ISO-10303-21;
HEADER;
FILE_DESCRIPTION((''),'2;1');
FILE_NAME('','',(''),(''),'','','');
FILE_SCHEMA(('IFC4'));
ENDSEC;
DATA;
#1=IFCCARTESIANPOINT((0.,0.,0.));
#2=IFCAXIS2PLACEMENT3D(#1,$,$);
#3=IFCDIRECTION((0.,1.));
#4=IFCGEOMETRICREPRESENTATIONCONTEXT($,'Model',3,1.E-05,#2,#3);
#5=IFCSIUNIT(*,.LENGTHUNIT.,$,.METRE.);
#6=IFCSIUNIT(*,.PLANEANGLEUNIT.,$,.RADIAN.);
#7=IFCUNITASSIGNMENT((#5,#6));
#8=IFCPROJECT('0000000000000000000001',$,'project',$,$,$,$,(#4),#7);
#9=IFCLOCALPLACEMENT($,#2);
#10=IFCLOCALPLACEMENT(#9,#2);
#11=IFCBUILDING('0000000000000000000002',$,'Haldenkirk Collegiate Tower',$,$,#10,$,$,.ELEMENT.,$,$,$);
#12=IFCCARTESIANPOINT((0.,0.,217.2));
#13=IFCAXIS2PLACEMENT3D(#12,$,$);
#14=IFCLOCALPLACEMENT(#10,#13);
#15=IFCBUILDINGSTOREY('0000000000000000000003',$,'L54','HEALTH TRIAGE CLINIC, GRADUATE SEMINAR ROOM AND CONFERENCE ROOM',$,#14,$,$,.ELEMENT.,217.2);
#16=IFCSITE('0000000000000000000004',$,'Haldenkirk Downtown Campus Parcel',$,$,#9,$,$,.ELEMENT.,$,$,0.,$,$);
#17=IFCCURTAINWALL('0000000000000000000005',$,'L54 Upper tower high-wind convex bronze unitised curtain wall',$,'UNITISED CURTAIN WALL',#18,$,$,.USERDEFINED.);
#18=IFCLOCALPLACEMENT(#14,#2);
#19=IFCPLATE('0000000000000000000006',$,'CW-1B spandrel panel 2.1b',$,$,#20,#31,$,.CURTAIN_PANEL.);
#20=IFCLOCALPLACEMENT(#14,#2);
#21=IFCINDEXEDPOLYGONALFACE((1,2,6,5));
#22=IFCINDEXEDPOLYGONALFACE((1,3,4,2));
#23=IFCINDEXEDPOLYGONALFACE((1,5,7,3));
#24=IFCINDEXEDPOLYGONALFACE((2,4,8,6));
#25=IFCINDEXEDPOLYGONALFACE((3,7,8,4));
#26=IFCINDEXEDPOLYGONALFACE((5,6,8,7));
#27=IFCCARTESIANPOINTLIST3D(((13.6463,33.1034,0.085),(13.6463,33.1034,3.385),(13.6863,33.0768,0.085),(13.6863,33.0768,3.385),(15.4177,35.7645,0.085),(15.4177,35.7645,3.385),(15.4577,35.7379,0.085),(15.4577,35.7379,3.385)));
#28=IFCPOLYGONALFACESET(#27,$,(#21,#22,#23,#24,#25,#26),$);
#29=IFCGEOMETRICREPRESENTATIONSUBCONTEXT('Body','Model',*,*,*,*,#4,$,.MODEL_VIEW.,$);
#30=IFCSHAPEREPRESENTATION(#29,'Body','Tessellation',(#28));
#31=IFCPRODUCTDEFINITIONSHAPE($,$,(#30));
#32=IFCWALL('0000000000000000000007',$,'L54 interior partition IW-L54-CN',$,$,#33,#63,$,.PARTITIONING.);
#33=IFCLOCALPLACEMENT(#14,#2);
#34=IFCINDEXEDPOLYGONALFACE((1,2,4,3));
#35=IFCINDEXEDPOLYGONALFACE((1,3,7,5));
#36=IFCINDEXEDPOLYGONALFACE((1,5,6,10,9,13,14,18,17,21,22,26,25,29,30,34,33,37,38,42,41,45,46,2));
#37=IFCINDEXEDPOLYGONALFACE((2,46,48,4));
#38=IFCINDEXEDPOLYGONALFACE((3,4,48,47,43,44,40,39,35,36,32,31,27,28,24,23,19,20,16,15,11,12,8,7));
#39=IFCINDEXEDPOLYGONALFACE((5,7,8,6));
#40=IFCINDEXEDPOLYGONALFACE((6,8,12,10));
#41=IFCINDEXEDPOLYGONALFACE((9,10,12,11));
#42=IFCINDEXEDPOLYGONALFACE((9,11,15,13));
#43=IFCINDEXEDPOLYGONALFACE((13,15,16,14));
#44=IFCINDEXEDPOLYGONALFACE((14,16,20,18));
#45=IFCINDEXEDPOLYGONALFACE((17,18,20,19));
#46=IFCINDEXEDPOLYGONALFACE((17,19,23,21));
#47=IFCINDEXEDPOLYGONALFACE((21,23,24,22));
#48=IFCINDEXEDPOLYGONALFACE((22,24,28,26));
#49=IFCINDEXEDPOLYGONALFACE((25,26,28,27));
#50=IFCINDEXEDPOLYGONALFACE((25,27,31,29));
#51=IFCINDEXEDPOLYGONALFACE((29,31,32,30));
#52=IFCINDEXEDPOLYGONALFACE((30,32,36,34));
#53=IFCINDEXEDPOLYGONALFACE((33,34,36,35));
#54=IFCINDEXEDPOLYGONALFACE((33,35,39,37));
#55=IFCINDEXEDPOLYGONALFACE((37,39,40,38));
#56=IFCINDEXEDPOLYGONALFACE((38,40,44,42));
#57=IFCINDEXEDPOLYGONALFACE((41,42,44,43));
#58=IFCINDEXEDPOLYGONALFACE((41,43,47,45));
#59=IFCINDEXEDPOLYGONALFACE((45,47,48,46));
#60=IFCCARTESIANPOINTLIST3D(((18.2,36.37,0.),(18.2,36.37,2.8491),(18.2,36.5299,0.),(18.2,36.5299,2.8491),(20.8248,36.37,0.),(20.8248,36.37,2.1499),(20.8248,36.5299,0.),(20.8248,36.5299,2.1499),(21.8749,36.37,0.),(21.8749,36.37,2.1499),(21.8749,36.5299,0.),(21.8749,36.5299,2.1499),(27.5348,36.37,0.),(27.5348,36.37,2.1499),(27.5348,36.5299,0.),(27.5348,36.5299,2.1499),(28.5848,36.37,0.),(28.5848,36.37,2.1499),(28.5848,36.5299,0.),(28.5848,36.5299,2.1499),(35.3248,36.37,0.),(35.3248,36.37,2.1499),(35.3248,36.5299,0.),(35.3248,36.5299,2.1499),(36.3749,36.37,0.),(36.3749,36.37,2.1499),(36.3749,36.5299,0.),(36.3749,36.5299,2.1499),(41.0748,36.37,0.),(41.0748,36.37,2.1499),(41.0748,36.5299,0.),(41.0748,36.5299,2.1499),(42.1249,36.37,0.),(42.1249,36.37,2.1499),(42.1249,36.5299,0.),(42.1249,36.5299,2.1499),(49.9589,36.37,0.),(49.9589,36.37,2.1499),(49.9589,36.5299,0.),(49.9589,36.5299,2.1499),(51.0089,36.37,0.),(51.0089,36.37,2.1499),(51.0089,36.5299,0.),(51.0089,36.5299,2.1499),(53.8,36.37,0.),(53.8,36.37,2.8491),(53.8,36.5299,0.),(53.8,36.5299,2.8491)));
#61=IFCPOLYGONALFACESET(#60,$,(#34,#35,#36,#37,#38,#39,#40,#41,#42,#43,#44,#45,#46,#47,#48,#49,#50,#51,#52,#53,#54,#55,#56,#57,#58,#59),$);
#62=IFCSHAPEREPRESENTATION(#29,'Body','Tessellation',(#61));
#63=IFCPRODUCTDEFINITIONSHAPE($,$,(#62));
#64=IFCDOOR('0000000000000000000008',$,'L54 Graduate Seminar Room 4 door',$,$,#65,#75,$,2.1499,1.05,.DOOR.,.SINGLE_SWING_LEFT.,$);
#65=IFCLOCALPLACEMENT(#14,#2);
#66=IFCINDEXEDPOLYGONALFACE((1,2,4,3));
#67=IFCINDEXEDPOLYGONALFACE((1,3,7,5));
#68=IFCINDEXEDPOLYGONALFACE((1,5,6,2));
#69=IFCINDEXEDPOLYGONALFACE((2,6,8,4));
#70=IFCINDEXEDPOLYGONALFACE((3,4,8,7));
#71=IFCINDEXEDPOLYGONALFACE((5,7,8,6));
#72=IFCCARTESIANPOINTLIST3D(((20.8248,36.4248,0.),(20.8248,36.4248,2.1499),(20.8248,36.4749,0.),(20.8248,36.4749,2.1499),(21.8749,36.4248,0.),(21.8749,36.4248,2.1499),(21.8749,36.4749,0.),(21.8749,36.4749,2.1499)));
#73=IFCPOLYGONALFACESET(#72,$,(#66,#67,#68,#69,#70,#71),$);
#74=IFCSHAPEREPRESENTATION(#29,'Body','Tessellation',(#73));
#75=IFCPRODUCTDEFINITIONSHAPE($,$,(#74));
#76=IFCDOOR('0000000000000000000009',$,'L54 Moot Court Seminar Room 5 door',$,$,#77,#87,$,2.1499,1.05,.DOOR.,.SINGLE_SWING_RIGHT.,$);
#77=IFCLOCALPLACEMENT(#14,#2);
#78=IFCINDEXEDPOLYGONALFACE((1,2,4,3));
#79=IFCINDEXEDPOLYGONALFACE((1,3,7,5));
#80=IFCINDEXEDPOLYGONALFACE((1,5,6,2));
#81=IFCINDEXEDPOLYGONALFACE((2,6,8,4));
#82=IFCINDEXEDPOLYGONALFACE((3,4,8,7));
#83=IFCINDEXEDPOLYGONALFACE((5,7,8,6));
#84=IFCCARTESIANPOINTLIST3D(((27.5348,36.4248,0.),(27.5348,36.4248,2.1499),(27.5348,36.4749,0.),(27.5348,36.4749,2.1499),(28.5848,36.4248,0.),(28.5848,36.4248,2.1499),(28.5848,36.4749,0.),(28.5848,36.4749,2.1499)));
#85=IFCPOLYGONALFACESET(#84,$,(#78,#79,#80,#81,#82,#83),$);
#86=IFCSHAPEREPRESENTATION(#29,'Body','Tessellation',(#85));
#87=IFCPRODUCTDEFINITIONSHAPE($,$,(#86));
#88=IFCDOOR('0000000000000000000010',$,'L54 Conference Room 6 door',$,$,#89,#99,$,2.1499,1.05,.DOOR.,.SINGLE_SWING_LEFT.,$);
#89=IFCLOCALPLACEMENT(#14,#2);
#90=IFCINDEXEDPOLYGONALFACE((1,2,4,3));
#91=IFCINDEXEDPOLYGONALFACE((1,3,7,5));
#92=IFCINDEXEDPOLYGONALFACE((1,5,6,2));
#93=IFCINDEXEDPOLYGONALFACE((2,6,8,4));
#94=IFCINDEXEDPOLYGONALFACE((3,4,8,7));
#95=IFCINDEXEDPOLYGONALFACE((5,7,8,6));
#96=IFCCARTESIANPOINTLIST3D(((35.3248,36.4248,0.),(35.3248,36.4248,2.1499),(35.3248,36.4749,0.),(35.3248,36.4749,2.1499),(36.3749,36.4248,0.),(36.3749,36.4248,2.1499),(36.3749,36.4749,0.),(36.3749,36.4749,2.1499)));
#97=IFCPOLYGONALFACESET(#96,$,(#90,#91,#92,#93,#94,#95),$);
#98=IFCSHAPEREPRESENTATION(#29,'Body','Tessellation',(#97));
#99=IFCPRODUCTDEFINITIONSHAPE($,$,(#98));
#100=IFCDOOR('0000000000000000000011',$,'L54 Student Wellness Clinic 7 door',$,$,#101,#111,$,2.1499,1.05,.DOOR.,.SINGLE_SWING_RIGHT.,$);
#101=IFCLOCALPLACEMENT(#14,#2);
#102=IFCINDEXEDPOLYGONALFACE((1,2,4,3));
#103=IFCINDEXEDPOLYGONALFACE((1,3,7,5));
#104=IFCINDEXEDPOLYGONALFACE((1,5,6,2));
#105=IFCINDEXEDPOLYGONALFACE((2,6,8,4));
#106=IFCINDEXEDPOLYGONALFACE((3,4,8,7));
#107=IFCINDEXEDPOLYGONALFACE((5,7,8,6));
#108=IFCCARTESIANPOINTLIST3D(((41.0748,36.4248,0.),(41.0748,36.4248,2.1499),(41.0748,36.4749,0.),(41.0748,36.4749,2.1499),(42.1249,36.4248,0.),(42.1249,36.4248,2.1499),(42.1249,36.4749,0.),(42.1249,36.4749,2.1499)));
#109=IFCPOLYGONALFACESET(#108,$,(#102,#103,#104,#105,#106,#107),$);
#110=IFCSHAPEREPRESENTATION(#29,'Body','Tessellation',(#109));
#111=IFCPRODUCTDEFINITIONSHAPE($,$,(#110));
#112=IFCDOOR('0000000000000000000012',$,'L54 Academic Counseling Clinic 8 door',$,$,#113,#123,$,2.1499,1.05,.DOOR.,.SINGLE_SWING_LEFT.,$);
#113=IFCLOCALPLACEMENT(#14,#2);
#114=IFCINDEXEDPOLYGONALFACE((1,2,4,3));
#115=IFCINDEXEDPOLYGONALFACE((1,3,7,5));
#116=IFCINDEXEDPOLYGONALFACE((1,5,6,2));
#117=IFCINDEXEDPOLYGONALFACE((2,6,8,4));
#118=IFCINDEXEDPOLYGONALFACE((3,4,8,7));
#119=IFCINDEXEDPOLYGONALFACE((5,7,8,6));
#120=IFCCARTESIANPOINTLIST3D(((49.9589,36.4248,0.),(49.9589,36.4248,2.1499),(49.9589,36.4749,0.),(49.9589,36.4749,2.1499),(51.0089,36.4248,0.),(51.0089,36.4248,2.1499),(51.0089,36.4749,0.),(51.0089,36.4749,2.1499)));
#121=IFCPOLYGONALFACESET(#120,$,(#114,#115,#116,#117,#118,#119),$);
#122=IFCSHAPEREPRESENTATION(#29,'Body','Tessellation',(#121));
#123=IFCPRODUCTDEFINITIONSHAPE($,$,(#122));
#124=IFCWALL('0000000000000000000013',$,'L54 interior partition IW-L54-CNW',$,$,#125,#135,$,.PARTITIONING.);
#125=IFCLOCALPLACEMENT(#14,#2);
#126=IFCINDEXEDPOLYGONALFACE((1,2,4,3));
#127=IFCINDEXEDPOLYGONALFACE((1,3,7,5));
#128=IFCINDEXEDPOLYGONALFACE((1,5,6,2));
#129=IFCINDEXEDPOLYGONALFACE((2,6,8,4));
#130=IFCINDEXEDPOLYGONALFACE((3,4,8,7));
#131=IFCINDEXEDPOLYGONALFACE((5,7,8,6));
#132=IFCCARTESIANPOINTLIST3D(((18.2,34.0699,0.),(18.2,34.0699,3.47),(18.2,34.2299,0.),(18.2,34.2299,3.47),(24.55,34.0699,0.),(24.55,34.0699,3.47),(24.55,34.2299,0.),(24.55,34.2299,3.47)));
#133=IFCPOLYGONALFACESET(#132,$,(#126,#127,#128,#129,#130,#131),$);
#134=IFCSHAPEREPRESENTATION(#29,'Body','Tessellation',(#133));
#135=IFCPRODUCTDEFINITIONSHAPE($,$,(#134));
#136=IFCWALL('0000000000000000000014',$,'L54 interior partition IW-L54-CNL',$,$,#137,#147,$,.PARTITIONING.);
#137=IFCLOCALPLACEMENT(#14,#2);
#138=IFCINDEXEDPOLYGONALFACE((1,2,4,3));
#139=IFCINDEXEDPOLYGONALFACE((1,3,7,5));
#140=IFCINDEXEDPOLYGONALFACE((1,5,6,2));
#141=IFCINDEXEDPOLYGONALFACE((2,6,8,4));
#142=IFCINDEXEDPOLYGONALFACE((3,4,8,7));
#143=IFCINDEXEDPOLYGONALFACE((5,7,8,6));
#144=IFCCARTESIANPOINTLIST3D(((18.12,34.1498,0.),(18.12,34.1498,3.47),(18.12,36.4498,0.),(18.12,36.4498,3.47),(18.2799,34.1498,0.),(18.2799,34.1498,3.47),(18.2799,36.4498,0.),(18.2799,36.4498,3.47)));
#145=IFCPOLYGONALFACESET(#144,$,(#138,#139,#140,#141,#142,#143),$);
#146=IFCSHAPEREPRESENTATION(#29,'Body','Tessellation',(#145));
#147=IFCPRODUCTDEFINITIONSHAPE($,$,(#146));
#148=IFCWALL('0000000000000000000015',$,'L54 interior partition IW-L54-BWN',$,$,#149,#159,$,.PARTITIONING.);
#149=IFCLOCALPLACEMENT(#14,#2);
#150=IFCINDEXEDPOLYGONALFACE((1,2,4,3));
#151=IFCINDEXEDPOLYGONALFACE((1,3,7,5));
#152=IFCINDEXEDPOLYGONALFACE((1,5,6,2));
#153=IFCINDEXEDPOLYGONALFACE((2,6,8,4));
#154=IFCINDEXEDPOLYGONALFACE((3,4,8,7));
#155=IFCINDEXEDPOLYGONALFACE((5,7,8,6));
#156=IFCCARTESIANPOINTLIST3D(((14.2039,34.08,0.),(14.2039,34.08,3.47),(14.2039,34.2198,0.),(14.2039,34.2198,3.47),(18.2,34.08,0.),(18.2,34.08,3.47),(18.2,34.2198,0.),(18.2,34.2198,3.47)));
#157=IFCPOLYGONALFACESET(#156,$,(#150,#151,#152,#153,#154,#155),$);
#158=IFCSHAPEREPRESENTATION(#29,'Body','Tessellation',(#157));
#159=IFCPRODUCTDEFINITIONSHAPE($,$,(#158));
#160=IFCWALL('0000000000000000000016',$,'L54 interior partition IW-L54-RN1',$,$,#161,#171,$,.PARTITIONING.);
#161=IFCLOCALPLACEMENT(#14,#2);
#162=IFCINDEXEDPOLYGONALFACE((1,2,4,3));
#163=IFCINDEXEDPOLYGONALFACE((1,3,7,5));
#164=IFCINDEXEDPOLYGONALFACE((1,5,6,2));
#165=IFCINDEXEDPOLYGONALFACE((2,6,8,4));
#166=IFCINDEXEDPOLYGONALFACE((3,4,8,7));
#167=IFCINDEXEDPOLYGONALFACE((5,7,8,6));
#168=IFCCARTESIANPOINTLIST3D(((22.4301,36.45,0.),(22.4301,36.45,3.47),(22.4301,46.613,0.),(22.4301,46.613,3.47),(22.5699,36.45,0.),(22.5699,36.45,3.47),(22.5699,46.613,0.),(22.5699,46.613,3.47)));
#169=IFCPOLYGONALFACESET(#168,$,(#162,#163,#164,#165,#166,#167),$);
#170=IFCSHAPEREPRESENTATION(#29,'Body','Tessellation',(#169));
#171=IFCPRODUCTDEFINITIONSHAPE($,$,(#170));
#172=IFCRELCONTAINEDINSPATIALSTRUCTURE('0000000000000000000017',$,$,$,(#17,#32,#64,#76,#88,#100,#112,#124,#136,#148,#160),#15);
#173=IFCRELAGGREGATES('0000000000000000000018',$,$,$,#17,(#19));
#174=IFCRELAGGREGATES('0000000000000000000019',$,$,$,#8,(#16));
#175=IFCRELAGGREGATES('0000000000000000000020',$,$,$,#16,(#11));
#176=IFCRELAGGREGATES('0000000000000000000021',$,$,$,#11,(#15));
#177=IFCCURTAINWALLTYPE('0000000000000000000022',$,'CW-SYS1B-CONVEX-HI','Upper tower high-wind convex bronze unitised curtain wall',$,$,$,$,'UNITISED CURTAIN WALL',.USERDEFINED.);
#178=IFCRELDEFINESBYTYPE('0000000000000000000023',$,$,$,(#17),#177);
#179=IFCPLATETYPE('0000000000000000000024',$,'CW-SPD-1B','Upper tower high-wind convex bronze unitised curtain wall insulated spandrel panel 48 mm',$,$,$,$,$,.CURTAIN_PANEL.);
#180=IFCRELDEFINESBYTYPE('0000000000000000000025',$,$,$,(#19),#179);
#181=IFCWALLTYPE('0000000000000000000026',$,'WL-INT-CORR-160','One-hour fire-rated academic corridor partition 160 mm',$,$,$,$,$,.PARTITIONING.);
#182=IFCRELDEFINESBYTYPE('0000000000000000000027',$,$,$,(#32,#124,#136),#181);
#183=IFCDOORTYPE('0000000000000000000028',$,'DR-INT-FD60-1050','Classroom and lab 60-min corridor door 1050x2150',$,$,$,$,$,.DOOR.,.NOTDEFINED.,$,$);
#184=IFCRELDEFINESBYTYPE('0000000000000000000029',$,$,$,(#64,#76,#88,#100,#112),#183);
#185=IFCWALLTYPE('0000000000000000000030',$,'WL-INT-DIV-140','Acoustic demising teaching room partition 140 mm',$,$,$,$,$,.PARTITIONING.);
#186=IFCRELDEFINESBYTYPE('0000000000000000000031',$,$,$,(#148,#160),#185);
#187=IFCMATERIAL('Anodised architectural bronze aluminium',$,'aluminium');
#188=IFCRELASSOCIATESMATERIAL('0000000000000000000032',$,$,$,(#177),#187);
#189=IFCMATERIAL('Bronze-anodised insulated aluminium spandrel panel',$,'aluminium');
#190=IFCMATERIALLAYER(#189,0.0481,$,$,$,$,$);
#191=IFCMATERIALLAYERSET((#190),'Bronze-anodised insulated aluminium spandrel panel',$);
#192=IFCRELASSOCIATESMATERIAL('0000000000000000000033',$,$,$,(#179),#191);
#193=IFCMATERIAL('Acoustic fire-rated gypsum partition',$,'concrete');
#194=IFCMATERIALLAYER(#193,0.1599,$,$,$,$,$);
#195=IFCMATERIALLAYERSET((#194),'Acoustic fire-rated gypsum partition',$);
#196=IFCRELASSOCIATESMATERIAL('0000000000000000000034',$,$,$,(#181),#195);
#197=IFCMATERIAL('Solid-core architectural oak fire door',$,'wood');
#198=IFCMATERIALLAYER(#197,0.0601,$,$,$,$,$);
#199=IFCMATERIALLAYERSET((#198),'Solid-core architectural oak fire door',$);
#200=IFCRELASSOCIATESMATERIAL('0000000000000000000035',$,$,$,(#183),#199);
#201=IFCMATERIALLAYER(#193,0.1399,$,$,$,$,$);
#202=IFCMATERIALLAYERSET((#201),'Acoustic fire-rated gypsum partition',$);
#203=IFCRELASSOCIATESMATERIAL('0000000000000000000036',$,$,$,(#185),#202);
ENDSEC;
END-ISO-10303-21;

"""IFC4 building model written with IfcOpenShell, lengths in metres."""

from ifc_helpers import new_model, si_unit, direction, frame, frame_2d, origin, origin_2d, place, context, subcontext, project, spatial, rectangle, extrude, source, transform, mapped, material, layer, layer_set, type_object, element, fill, aggregate, save


model = new_model("IFC4")

# Units and contexts
model_context = context("Model", 3, precision=1e-05, world=origin(), true_north=direction((0.0, 1.0)))
body_context = subcontext(model_context, "Body", "Model", "MODEL_VIEW")
ifc_project = project(units=[si_unit("LENGTHUNIT", "METRE"), si_unit("PLANEANGLEUNIT", "RADIAN")], contexts=[model_context])

# Site, building, storey
site_placement = place(None, origin())
site = spatial("IfcSite", under=ifc_project, at=site_placement, Name="Haldenkirk Downtown Campus Parcel", CompositionType="ELEMENT", RefElevation=0.0)
building_placement = place(site_placement, origin())
building = spatial("IfcBuilding", under=site, at=building_placement, Name="Haldenkirk Collegiate Tower", CompositionType="ELEMENT")
storey_placement = place(building_placement, frame((0.0, 0.0, 217.2)))
storey = spatial("IfcBuildingStorey", under=building, at=storey_placement, Name="L54", Description="HEALTH TRIAGE CLINIC, GRADUATE SEMINAR ROOM AND CONFERENCE ROOM", CompositionType="ELEMENT", Elevation=217.2)

# Curtain wall
ifc_material_1 = material(Name="Anodised architectural bronze aluminium", Category="aluminium")
curtain_wall_type = type_object("IfcCurtainWallType", Name="CW-SYS1B-CONVEX-HI", Description="Upper tower high-wind convex bronze unitised curtain wall", ElementType="UNITISED CURTAIN WALL", PredefinedType="USERDEFINED", material=ifc_material_1)
curtain_wall_placement = place(storey_placement, origin())
curtain_wall = element("IfcCurtainWall", 1, at=curtain_wall_placement, inside=storey, type_object=curtain_wall_type, Name="L54 Upper tower high-wind convex bronze unitised curtain wall", ObjectType="UNITISED CURTAIN WALL", PredefinedType="USERDEFINED")

# Plate
ifc_material_2 = material(Name="Bronze-anodised insulated aluminium spandrel panel", Category="aluminium")
ifc_layer_1 = layer(ifc_material_2, 0.0481)
ifc_layer_set_1 = layer_set([ifc_layer_1], Name="Bronze-anodised insulated aluminium spandrel panel")
plate_type_1 = type_object("IfcPlateType", Name="CW-SPD-1B", Description="Upper tower high-wind convex bronze unitised curtain wall insulated spandrel panel 48 mm", PredefinedType="CURTAIN_PANEL", material=ifc_layer_set_1)
shared_shape_1 = source(origin(), body_context, "Body", "SweptSolid", [
    extrude(rectangle(XDim=3.1968, YDim=0.0481, at=origin_2d()), origin(), (0.0, 0.0, 1.0), 3.3),
])
plate_1_placement = place(storey_placement, frame((14.552, 34.4207, 0.085), z_axis=(0.0, 0.0, 1.0), x_axis=(0.55412, 0.832437, 0.0)))
plate_1 = element("IfcPlate", 2, at=plate_1_placement, type_object=plate_type_1, Name="CW-1B spandrel panel 2.1b", PredefinedType="CURTAIN_PANEL", context=body_context, shape_type="MappedRepresentation", body=[
    mapped(shared_shape_1, transform((0.0, 0.0, 0.0), x_axis=(1.0, 0.0, 0.0), y_axis=(0.0, 1.0, 0.0), z_axis=(0.0, 0.0, 1.0), scale=1.0)),
])
aggregate(curtain_wall, [plate_1])

# Wall, openings, doors
ifc_material_3 = material(Name="Acoustic fire-rated gypsum partition", Category="concrete")
ifc_layer_2 = layer(ifc_material_3, 0.1599)
ifc_layer_set_2 = layer_set([ifc_layer_2], Name="Acoustic fire-rated gypsum partition")
wall_type_1 = type_object("IfcWallType", Name="WL-INT-CORR-160", Description="One-hour fire-rated academic corridor partition 160 mm", PredefinedType="PARTITIONING", material=ifc_layer_set_2)
wall_1_placement = place(storey_placement, frame((18.2, 36.45, 0.0), z_axis=(0.0, 0.0, 1.0), x_axis=(1.0, 0.0, 0.0)))
wall_1 = element("IfcWall", 3, at=wall_1_placement, inside=storey, type_object=wall_type_1, Name="L54 interior partition IW-L54-CN", PredefinedType="PARTITIONING", context=body_context, shape_type="SweptSolid", body=[
    extrude(rectangle(XDim=35.6001, YDim=0.1599, at=frame_2d((17.8, 0.0))), origin(), (0.0, 0.0, 1.0), 2.8491),
])
opening_1_placement = place(wall_1_placement, frame((2.625, 0.0, 0.0)))
opening_1 = element("IfcOpeningElement", 4, at=opening_1_placement, cuts=wall_1, PredefinedType="OPENING", context=body_context, shape_type="SweptSolid", body=[
    extrude(rectangle(XDim=1.05, YDim=2.1499, at=frame_2d((0.5249, 1.075))), frame((0.0, 0.0898, 0.0), z_axis=(0.0, -1.0, 0.0), x_axis=(1.0, 0.0, 0.0)), (0.0, 0.0, 1.0), 0.1799),
])
opening_2_placement = place(wall_1_placement, frame((9.335, 0.0, 0.0)))
opening_2 = element("IfcOpeningElement", 5, at=opening_2_placement, cuts=wall_1, PredefinedType="OPENING", context=body_context, shape_type="SweptSolid", body=[
    extrude(rectangle(XDim=1.05, YDim=2.1499, at=frame_2d((0.5249, 1.075))), frame((0.0, 0.0898, 0.0), z_axis=(0.0, -1.0, 0.0), x_axis=(1.0, 0.0, 0.0)), (0.0, 0.0, 1.0), 0.1799),
])
opening_3_placement = place(wall_1_placement, frame((17.125, 0.0, 0.0)))
opening_3 = element("IfcOpeningElement", 6, at=opening_3_placement, cuts=wall_1, PredefinedType="OPENING", context=body_context, shape_type="SweptSolid", body=[
    extrude(rectangle(XDim=1.05, YDim=2.1499, at=frame_2d((0.5249, 1.075))), frame((0.0, 0.0898, 0.0), z_axis=(0.0, -1.0, 0.0), x_axis=(1.0, 0.0, 0.0)), (0.0, 0.0, 1.0), 0.1799),
])
opening_4_placement = place(wall_1_placement, frame((22.875, 0.0, 0.0)))
opening_4 = element("IfcOpeningElement", 7, at=opening_4_placement, cuts=wall_1, PredefinedType="OPENING", context=body_context, shape_type="SweptSolid", body=[
    extrude(rectangle(XDim=1.05, YDim=2.1499, at=frame_2d((0.5249, 1.075))), frame((0.0, 0.0898, 0.0), z_axis=(0.0, -1.0, 0.0), x_axis=(1.0, 0.0, 0.0)), (0.0, 0.0, 1.0), 0.1799),
])
opening_5_placement = place(wall_1_placement, frame((31.759, 0.0, 0.0)))
opening_5 = element("IfcOpeningElement", 8, at=opening_5_placement, cuts=wall_1, PredefinedType="OPENING", context=body_context, shape_type="SweptSolid", body=[
    extrude(rectangle(XDim=1.05, YDim=2.1499, at=frame_2d((0.5249, 1.075))), frame((0.0, 0.0898, 0.0), z_axis=(0.0, -1.0, 0.0), x_axis=(1.0, 0.0, 0.0)), (0.0, 0.0, 1.0), 0.1799),
])
ifc_material_4 = material(Name="Solid-core architectural oak fire door", Category="wood")
ifc_layer_3 = layer(ifc_material_4, 0.0601)
ifc_layer_set_3 = layer_set([ifc_layer_3], Name="Solid-core architectural oak fire door")
door_type_1 = type_object("IfcDoorType", Name="DR-INT-FD60-1050", Description="Classroom and lab 60-min corridor door 1050x2150", OperationType="NOTDEFINED", PredefinedType="DOOR", material=ifc_layer_set_3)
door_1_placement = place(opening_1_placement, origin())
door_1 = element("IfcDoor", 9, at=door_1_placement, inside=storey, type_object=door_type_1, Name="L54 Graduate Seminar Room 4 door", OperationType="SINGLE_SWING_LEFT", OverallHeight=2.1499, OverallWidth=1.05, PredefinedType="DOOR", context=body_context, shape_type="SweptSolid", body=[
    extrude(rectangle(XDim=1.05, YDim=2.1499, at=frame_2d((0.5249, 1.075))), frame((0.0, 0.0249, 0.0), z_axis=(0.0, -1.0, 0.0), x_axis=(1.0, 0.0, 0.0)), (0.0, 0.0, 1.0), 0.05),
])
fill(opening_1, door_1)
door_2_placement = place(opening_2_placement, origin())
door_2 = element("IfcDoor", 10, at=door_2_placement, inside=storey, type_object=door_type_1, Name="L54 Moot Court Seminar Room 5 door", OperationType="SINGLE_SWING_RIGHT", OverallHeight=2.1499, OverallWidth=1.05, PredefinedType="DOOR", context=body_context, shape_type="SweptSolid", body=[
    extrude(rectangle(XDim=1.05, YDim=2.1499, at=frame_2d((0.5249, 1.075))), frame((0.0, 0.0249, 0.0), z_axis=(0.0, -1.0, 0.0), x_axis=(1.0, 0.0, 0.0)), (0.0, 0.0, 1.0), 0.05),
])
fill(opening_2, door_2)
door_3_placement = place(opening_3_placement, origin())
door_3 = element("IfcDoor", 11, at=door_3_placement, inside=storey, type_object=door_type_1, Name="L54 Conference Room 6 door", OperationType="SINGLE_SWING_LEFT", OverallHeight=2.1499, OverallWidth=1.05, PredefinedType="DOOR", context=body_context, shape_type="SweptSolid", body=[
    extrude(rectangle(XDim=1.05, YDim=2.1499, at=frame_2d((0.5249, 1.075))), frame((0.0, 0.0249, 0.0), z_axis=(0.0, -1.0, 0.0), x_axis=(1.0, 0.0, 0.0)), (0.0, 0.0, 1.0), 0.05),
])
fill(opening_3, door_3)
door_4_placement = place(opening_4_placement, origin())
door_4 = element("IfcDoor", 12, at=door_4_placement, inside=storey, type_object=door_type_1, Name="L54 Student Wellness Clinic 7 door", OperationType="SINGLE_SWING_RIGHT", OverallHeight=2.1499, OverallWidth=1.05, PredefinedType="DOOR", context=body_context, shape_type="SweptSolid", body=[
    extrude(rectangle(XDim=1.05, YDim=2.1499, at=frame_2d((0.5249, 1.075))), frame((0.0, 0.0249, 0.0), z_axis=(0.0, -1.0, 0.0), x_axis=(1.0, 0.0, 0.0)), (0.0, 0.0, 1.0), 0.05),
])
fill(opening_4, door_4)
door_5_placement = place(opening_5_placement, origin())
door_5 = element("IfcDoor", 13, at=door_5_placement, inside=storey, type_object=door_type_1, Name="L54 Academic Counseling Clinic 8 door", OperationType="SINGLE_SWING_LEFT", OverallHeight=2.1499, OverallWidth=1.05, PredefinedType="DOOR", context=body_context, shape_type="SweptSolid", body=[
    extrude(rectangle(XDim=1.05, YDim=2.1499, at=frame_2d((0.5249, 1.075))), frame((0.0, 0.0249, 0.0), z_axis=(0.0, -1.0, 0.0), x_axis=(1.0, 0.0, 0.0)), (0.0, 0.0, 1.0), 0.05),
])
fill(opening_5, door_5)

# Walls
wall_2_placement = place(storey_placement, frame((18.2, 34.1499, 0.0), z_axis=(0.0, 0.0, 1.0), x_axis=(1.0, 0.0, 0.0)))
element("IfcWall", 14, at=wall_2_placement, inside=storey, type_object=wall_type_1, Name="L54 interior partition IW-L54-CNW", PredefinedType="PARTITIONING", context=body_context, shape_type="SweptSolid", body=[
    extrude(rectangle(XDim=6.3501, YDim=0.1599, at=frame_2d((3.175, 0.0))), origin(), (0.0, 0.0, 1.0), 3.47),
])
wall_3_placement = place(storey_placement, frame((18.2, 34.1499, 0.0), z_axis=(0.0, 0.0, 1.0), x_axis=(0.0, 1.0, 0.0)))
element("IfcWall", 15, at=wall_3_placement, inside=storey, type_object=wall_type_1, Name="L54 interior partition IW-L54-CNL", PredefinedType="PARTITIONING", context=body_context, shape_type="SweptSolid", body=[
    extrude(rectangle(XDim=2.3, YDim=0.1599, at=frame_2d((1.1499, 0.0))), origin(), (0.0, 0.0, 1.0), 3.47),
])
ifc_layer_4 = layer(ifc_material_3, 0.1399)
ifc_layer_set_4 = layer_set([ifc_layer_4], Name="Acoustic fire-rated gypsum partition")
wall_type_2 = type_object("IfcWallType", Name="WL-INT-DIV-140", Description="Acoustic demising teaching room partition 140 mm", PredefinedType="PARTITIONING", material=ifc_layer_set_4)
wall_4_placement = place(storey_placement, frame((14.2039, 34.1499, 0.0), z_axis=(0.0, 0.0, 1.0), x_axis=(1.0, 0.0, 0.0)))
element("IfcWall", 16, at=wall_4_placement, inside=storey, type_object=wall_type_2, Name="L54 interior partition IW-L54-BWN", PredefinedType="PARTITIONING", context=body_context, shape_type="SweptSolid", body=[
    extrude(rectangle(XDim=3.9961, YDim=0.1399, at=frame_2d((1.998, 0.0))), origin(), (0.0, 0.0, 1.0), 3.47),
])
wall_5_placement = place(storey_placement, frame((22.5, 36.45, 0.0), z_axis=(0.0, 0.0, 1.0), x_axis=(0.0, 1.0, 0.0)))
element("IfcWall", 17, at=wall_5_placement, inside=storey, type_object=wall_type_2, Name="L54 interior partition IW-L54-RN1", PredefinedType="PARTITIONING", context=body_context, shape_type="SweptSolid", body=[
    extrude(rectangle(XDim=10.1631, YDim=0.1399, at=frame_2d((5.0815, 0.0))), origin(), (0.0, 0.0, 1.0), 3.47),
])

save(model, "model.ifc")
